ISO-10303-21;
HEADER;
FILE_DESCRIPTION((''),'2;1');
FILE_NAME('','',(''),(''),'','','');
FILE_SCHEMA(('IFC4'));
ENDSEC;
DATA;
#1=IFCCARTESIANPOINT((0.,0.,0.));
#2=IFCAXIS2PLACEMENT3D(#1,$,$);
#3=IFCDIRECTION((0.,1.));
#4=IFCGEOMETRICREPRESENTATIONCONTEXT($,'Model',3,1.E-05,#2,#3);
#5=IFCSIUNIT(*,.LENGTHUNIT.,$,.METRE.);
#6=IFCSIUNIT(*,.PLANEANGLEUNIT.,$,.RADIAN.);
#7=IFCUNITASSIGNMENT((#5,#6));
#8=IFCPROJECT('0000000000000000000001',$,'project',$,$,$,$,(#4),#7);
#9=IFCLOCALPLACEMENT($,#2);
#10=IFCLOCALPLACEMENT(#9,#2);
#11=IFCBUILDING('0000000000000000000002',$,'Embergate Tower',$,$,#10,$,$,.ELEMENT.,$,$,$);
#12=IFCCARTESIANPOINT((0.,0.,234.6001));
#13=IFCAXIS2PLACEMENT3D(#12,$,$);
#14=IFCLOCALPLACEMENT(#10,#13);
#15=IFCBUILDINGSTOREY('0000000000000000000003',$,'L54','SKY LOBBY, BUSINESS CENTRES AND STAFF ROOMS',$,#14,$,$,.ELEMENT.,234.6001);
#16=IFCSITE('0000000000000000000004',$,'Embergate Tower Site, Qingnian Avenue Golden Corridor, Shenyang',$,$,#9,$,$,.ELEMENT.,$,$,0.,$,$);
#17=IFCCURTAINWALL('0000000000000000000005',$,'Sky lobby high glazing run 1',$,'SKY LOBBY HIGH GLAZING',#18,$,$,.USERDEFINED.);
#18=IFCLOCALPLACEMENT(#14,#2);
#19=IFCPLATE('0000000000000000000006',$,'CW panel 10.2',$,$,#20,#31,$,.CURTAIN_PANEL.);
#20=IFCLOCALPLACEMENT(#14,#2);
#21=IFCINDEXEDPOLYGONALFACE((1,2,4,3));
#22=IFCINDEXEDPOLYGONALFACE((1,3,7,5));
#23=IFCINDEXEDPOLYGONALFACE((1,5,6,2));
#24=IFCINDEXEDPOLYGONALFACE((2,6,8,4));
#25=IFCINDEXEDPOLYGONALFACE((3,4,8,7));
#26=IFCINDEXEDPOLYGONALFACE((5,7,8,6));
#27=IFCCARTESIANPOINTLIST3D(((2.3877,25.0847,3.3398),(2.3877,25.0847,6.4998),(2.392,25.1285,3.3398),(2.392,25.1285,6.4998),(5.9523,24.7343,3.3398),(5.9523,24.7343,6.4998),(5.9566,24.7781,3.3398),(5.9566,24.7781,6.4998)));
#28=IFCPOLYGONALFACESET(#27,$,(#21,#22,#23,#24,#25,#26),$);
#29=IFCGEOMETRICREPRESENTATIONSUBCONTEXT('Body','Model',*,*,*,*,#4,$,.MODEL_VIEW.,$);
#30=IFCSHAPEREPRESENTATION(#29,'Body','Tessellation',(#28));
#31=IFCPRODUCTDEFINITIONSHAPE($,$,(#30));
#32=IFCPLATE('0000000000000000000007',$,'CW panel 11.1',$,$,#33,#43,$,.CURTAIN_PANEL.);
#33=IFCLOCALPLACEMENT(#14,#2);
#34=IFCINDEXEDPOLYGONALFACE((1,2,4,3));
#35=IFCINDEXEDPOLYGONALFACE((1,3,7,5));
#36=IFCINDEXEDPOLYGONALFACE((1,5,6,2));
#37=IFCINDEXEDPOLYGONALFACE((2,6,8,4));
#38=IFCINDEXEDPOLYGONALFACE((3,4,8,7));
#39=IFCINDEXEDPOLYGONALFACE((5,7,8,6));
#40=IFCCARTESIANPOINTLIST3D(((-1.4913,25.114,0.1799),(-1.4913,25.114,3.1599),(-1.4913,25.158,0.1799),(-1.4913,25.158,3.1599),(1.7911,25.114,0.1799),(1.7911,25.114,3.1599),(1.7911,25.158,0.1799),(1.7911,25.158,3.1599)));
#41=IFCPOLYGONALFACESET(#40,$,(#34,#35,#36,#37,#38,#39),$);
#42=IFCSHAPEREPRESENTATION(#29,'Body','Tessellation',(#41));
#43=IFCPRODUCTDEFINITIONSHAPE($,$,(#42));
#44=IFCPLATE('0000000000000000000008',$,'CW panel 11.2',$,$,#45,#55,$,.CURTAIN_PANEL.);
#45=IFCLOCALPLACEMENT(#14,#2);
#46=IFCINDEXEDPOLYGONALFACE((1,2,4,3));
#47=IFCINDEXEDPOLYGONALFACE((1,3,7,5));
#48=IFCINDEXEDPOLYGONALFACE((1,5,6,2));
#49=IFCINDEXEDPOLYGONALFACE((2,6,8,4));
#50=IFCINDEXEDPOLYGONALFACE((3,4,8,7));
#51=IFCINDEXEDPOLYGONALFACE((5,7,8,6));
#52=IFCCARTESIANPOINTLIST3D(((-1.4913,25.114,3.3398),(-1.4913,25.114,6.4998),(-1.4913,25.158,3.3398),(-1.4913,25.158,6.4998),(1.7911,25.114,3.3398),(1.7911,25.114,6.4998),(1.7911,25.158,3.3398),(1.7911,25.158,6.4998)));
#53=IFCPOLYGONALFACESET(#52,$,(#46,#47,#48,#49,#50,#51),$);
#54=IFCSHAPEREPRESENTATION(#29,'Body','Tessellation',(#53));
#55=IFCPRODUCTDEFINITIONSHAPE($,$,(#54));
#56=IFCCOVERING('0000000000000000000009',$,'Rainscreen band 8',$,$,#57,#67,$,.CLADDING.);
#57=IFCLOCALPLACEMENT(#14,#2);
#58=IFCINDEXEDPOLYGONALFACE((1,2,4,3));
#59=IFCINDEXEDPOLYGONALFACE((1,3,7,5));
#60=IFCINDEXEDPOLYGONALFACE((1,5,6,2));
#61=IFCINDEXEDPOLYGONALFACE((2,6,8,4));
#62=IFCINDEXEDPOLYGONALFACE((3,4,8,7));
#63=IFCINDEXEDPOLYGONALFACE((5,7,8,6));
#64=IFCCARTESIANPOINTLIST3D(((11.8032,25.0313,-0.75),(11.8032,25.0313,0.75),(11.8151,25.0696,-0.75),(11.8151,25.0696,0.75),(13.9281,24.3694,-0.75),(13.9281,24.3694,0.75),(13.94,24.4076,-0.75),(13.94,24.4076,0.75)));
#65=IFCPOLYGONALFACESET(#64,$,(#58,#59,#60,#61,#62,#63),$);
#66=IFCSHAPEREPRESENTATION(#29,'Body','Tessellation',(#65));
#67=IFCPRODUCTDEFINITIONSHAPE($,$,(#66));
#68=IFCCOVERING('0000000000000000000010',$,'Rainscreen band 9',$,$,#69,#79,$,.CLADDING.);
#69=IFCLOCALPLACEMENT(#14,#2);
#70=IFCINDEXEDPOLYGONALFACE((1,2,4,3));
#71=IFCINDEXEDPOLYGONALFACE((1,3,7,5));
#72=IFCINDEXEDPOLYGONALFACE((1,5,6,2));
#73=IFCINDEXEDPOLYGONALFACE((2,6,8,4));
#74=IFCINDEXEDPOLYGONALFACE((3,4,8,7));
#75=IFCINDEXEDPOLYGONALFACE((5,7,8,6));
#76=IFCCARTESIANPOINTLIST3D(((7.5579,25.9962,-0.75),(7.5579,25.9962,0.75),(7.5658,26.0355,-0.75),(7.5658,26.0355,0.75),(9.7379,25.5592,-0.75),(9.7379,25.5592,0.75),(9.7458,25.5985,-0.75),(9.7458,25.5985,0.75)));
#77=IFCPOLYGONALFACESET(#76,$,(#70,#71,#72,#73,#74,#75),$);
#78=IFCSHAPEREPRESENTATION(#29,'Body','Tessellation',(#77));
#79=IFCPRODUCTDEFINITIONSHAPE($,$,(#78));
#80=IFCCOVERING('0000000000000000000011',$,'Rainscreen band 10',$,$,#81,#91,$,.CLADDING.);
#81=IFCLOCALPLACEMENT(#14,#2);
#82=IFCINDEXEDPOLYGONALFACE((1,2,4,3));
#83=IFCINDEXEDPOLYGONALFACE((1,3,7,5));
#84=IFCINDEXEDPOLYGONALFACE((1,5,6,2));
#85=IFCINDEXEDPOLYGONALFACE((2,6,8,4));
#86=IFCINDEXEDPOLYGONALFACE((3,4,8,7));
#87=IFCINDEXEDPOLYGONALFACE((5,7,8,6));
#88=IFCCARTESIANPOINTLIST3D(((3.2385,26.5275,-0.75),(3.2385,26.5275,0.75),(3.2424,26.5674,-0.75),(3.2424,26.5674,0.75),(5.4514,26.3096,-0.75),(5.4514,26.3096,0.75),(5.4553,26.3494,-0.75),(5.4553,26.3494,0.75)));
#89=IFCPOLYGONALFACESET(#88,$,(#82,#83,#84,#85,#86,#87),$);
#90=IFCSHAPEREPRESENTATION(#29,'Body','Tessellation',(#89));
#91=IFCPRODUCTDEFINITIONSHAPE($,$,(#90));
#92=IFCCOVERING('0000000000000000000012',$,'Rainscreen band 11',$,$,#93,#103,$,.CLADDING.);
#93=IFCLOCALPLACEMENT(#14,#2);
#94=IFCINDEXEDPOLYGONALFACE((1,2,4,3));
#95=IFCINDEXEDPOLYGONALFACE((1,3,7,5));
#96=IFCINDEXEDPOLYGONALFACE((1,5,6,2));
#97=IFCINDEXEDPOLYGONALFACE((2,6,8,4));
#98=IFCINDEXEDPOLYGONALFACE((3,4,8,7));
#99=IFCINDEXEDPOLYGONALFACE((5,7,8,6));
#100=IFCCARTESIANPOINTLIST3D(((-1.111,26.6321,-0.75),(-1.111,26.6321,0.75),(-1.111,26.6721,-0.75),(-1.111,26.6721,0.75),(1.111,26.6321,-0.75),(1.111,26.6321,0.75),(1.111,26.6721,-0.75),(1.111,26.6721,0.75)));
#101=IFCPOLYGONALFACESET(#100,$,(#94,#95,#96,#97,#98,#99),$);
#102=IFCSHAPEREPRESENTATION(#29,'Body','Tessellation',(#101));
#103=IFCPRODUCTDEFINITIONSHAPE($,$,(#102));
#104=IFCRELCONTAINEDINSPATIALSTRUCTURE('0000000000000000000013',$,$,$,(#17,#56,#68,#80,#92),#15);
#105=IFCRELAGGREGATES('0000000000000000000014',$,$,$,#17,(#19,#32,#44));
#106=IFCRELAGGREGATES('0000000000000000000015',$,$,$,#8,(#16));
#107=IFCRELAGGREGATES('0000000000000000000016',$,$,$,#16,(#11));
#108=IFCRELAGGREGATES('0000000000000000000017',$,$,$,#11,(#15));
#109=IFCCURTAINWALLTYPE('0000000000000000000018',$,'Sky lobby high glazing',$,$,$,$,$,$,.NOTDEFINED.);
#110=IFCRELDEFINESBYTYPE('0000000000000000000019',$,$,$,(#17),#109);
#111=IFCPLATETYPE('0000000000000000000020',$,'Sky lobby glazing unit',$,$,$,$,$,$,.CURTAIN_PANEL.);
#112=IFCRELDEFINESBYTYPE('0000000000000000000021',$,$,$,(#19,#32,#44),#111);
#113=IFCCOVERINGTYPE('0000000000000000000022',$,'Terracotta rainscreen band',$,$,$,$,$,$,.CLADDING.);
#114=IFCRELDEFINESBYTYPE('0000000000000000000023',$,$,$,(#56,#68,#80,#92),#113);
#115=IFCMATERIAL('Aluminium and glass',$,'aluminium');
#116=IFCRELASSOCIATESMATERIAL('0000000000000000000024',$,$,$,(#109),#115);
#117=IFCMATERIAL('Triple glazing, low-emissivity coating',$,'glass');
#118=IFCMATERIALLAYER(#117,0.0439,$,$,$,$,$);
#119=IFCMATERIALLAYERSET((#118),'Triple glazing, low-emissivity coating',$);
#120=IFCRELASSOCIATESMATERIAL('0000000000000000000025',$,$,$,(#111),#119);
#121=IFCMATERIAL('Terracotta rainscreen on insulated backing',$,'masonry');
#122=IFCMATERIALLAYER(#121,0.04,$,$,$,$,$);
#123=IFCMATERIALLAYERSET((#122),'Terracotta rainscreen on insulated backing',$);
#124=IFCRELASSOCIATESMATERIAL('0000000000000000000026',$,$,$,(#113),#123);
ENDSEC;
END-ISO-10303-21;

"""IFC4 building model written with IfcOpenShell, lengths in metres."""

from ifc_helpers import new_model, si_unit, direction, frame, origin, origin_2d, place, context, subcontext, project, spatial, rectangle, extrude, source, transform, mapped, material, layer, layer_set, type_object, element, aggregate, save


model = new_model("IFC4")

# Units and contexts
model_context = context("Model", 3, precision=1e-05, world=origin(), true_north=direction((0.0, 1.0)))
body_context = subcontext(model_context, "Body", "Model", "MODEL_VIEW")
ifc_project = project(units=[si_unit("LENGTHUNIT", "METRE"), si_unit("PLANEANGLEUNIT", "RADIAN")], contexts=[model_context])

# Site, building, storey
site_placement = place(None, origin())
site = spatial("IfcSite", under=ifc_project, at=site_placement, Name="Embergate Tower Site, Qingnian Avenue Golden Corridor, Shenyang", CompositionType="ELEMENT", RefElevation=0.0)
building_placement = place(site_placement, origin())
building = spatial("IfcBuilding", under=site, at=building_placement, Name="Embergate Tower", CompositionType="ELEMENT")
storey_placement = place(building_placement, frame((0.0, 0.0, 234.6001)))
storey = spatial("IfcBuildingStorey", under=building, at=storey_placement, Name="L54", Description="SKY LOBBY, BUSINESS CENTRES AND STAFF ROOMS", CompositionType="ELEMENT", Elevation=234.6001)

# Curtain wall, plates
ifc_material_1 = material(Name="Aluminium and glass", Category="aluminium")
curtain_wall_type = type_object("IfcCurtainWallType", Name="Sky lobby high glazing", PredefinedType="NOTDEFINED", material=ifc_material_1)
curtain_wall_placement = place(storey_placement, origin())
curtain_wall = element("IfcCurtainWall", 1, at=curtain_wall_placement, inside=storey, type_object=curtain_wall_type, Name="Sky lobby high glazing run 1", ObjectType="SKY LOBBY HIGH GLAZING", PredefinedType="USERDEFINED")
ifc_material_2 = material(Name="Triple glazing, low-emissivity coating", Category="glass")
ifc_layer_1 = layer(ifc_material_2, 0.0439)
ifc_layer_set_1 = layer_set([ifc_layer_1], Name="Triple glazing, low-emissivity coating")
plate_type = type_object("IfcPlateType", Name="Sky lobby glazing unit", PredefinedType="CURTAIN_PANEL", material=ifc_layer_set_1)
shared_shape_1 = source(origin(), body_context, "Body", "SweptSolid", [
    extrude(rectangle(XDim=3.5818, YDim=0.0439, at=origin_2d()), origin(), (0.0, 0.0, 1.0), 3.1599),
])
plate_1_placement = place(storey_placement, frame((4.1721, 24.9314, 3.3398), z_axis=(0.0, 0.0, 1.0), x_axis=(-0.995203, 0.09783, 0.0)))
plate_1 = element("IfcPlate", 2, at=plate_1_placement, type_object=plate_type, Name="CW panel 10.2", PredefinedType="CURTAIN_PANEL", context=body_context, shape_type="MappedRepresentation", body=[
    mapped(shared_shape_1, transform((0.0, 0.0, 0.0))),
])
shared_shape_2 = source(origin(), body_context, "Body", "SweptSolid", [
    extrude(rectangle(XDim=3.2825, YDim=0.0439, at=origin_2d()), origin(), (0.0, 0.0, 1.0), 2.98),
])
plate_2_placement = place(storey_placement, frame((0.1499, 25.136, 0.1799), z_axis=(0.0, 0.0, 1.0), x_axis=(-1.0, 0.0, 0.0)))
plate_2 = element("IfcPlate", 3, at=plate_2_placement, type_object=plate_type, Name="CW panel 11.1", PredefinedType="CURTAIN_PANEL", context=body_context, shape_type="MappedRepresentation", body=[
    mapped(shared_shape_2, transform((0.0, 0.0, 0.0))),
])
shared_shape_3 = source(origin(), body_context, "Body", "SweptSolid", [
    extrude(rectangle(XDim=3.2825, YDim=0.0439, at=origin_2d()), origin(), (0.0, 0.0, 1.0), 3.1599),
])
plate_3_placement = place(storey_placement, frame((0.1499, 25.136, 3.3398), z_axis=(0.0, 0.0, 1.0), x_axis=(-1.0, 0.0, 0.0)))
plate_3 = element("IfcPlate", 4, at=plate_3_placement, type_object=plate_type, Name="CW panel 11.2", PredefinedType="CURTAIN_PANEL", context=body_context, shape_type="MappedRepresentation", body=[
    mapped(shared_shape_3, transform((0.0, 0.0, 0.0))),
])
aggregate(curtain_wall, [plate_1, plate_2, plate_3])

# Coverings
ifc_material_3 = material(Name="Terracotta rainscreen on insulated backing", Category="masonry")
ifc_layer_2 = layer(ifc_material_3, 0.04)
ifc_layer_set_2 = layer_set([ifc_layer_2], Name="Terracotta rainscreen on insulated backing")
covering_type = type_object("IfcCoveringType", Name="Terracotta rainscreen band", PredefinedType="CLADDING", material=ifc_layer_set_2)
shared_shape_4 = source(origin(), body_context, "Body", "SweptSolid", [
    extrude(rectangle(XDim=2.2256, YDim=0.04, at=origin_2d()), origin(), (0.0, 0.0, 1.0), 1.5),
])
covering_1_placement = place(storey_placement, frame((12.8716, 24.7195, -0.75), z_axis=(0.0, 0.0, 1.0), x_axis=(-0.954744, 0.29743, 0.0)))
element("IfcCovering", 5, at=covering_1_placement, inside=storey, type_object=covering_type, Name="Rainscreen band 8", PredefinedType="CLADDING", context=body_context, shape_type="MappedRepresentation", body=[
    mapped(shared_shape_4, transform((0.0, 0.0, 0.0))),
])
shared_shape_5 = source(origin(), body_context, "Body", "SweptSolid", [
    extrude(rectangle(XDim=2.2234, YDim=0.04, at=origin_2d()), origin(), (0.0, 0.0, 1.0), 1.5),
])
covering_2_placement = place(storey_placement, frame((8.6519, 25.7974, -0.75), z_axis=(0.0, 0.0, 1.0), x_axis=(-0.980494, 0.196549, 0.0)))
element("IfcCovering", 6, at=covering_2_placement, inside=storey, type_object=covering_type, Name="Rainscreen band 9", PredefinedType="CLADDING", context=body_context, shape_type="MappedRepresentation", body=[
    mapped(shared_shape_5, transform((0.0, 0.0, 0.0))),
])
shared_shape_6 = source(origin(), body_context, "Body", "SweptSolid", [
    extrude(rectangle(XDim=2.2236, YDim=0.04, at=origin_2d()), origin(), (0.0, 0.0, 1.0), 1.5),
])
covering_3_placement = place(storey_placement, frame((4.3469, 26.4385, -0.75), z_axis=(0.0, 0.0, 1.0), x_axis=(-0.995183, 0.098035, 0.0)))
element("IfcCovering", 7, at=covering_3_placement, inside=storey, type_object=covering_type, Name="Rainscreen band 10", PredefinedType="CLADDING", context=body_context, shape_type="MappedRepresentation", body=[
    mapped(shared_shape_6, transform((0.0, 0.0, 0.0))),
])
shared_shape_7 = source(origin(), body_context, "Body", "SweptSolid", [
    extrude(rectangle(XDim=2.2219, YDim=0.04, at=origin_2d()), origin(), (0.0, 0.0, 1.0), 1.5),
])
covering_4_placement = place(storey_placement, frame((0.0, 26.6521, -0.75), z_axis=(0.0, 0.0, 1.0), x_axis=(-1.0, 0.0, 0.0)))
element("IfcCovering", 8, at=covering_4_placement, inside=storey, type_object=covering_type, Name="Rainscreen band 11", PredefinedType="CLADDING", context=body_context, shape_type="MappedRepresentation", body=[
    mapped(shared_shape_7, transform((0.0, 0.0, 0.0))),
])

save(model, "model.ifc")
